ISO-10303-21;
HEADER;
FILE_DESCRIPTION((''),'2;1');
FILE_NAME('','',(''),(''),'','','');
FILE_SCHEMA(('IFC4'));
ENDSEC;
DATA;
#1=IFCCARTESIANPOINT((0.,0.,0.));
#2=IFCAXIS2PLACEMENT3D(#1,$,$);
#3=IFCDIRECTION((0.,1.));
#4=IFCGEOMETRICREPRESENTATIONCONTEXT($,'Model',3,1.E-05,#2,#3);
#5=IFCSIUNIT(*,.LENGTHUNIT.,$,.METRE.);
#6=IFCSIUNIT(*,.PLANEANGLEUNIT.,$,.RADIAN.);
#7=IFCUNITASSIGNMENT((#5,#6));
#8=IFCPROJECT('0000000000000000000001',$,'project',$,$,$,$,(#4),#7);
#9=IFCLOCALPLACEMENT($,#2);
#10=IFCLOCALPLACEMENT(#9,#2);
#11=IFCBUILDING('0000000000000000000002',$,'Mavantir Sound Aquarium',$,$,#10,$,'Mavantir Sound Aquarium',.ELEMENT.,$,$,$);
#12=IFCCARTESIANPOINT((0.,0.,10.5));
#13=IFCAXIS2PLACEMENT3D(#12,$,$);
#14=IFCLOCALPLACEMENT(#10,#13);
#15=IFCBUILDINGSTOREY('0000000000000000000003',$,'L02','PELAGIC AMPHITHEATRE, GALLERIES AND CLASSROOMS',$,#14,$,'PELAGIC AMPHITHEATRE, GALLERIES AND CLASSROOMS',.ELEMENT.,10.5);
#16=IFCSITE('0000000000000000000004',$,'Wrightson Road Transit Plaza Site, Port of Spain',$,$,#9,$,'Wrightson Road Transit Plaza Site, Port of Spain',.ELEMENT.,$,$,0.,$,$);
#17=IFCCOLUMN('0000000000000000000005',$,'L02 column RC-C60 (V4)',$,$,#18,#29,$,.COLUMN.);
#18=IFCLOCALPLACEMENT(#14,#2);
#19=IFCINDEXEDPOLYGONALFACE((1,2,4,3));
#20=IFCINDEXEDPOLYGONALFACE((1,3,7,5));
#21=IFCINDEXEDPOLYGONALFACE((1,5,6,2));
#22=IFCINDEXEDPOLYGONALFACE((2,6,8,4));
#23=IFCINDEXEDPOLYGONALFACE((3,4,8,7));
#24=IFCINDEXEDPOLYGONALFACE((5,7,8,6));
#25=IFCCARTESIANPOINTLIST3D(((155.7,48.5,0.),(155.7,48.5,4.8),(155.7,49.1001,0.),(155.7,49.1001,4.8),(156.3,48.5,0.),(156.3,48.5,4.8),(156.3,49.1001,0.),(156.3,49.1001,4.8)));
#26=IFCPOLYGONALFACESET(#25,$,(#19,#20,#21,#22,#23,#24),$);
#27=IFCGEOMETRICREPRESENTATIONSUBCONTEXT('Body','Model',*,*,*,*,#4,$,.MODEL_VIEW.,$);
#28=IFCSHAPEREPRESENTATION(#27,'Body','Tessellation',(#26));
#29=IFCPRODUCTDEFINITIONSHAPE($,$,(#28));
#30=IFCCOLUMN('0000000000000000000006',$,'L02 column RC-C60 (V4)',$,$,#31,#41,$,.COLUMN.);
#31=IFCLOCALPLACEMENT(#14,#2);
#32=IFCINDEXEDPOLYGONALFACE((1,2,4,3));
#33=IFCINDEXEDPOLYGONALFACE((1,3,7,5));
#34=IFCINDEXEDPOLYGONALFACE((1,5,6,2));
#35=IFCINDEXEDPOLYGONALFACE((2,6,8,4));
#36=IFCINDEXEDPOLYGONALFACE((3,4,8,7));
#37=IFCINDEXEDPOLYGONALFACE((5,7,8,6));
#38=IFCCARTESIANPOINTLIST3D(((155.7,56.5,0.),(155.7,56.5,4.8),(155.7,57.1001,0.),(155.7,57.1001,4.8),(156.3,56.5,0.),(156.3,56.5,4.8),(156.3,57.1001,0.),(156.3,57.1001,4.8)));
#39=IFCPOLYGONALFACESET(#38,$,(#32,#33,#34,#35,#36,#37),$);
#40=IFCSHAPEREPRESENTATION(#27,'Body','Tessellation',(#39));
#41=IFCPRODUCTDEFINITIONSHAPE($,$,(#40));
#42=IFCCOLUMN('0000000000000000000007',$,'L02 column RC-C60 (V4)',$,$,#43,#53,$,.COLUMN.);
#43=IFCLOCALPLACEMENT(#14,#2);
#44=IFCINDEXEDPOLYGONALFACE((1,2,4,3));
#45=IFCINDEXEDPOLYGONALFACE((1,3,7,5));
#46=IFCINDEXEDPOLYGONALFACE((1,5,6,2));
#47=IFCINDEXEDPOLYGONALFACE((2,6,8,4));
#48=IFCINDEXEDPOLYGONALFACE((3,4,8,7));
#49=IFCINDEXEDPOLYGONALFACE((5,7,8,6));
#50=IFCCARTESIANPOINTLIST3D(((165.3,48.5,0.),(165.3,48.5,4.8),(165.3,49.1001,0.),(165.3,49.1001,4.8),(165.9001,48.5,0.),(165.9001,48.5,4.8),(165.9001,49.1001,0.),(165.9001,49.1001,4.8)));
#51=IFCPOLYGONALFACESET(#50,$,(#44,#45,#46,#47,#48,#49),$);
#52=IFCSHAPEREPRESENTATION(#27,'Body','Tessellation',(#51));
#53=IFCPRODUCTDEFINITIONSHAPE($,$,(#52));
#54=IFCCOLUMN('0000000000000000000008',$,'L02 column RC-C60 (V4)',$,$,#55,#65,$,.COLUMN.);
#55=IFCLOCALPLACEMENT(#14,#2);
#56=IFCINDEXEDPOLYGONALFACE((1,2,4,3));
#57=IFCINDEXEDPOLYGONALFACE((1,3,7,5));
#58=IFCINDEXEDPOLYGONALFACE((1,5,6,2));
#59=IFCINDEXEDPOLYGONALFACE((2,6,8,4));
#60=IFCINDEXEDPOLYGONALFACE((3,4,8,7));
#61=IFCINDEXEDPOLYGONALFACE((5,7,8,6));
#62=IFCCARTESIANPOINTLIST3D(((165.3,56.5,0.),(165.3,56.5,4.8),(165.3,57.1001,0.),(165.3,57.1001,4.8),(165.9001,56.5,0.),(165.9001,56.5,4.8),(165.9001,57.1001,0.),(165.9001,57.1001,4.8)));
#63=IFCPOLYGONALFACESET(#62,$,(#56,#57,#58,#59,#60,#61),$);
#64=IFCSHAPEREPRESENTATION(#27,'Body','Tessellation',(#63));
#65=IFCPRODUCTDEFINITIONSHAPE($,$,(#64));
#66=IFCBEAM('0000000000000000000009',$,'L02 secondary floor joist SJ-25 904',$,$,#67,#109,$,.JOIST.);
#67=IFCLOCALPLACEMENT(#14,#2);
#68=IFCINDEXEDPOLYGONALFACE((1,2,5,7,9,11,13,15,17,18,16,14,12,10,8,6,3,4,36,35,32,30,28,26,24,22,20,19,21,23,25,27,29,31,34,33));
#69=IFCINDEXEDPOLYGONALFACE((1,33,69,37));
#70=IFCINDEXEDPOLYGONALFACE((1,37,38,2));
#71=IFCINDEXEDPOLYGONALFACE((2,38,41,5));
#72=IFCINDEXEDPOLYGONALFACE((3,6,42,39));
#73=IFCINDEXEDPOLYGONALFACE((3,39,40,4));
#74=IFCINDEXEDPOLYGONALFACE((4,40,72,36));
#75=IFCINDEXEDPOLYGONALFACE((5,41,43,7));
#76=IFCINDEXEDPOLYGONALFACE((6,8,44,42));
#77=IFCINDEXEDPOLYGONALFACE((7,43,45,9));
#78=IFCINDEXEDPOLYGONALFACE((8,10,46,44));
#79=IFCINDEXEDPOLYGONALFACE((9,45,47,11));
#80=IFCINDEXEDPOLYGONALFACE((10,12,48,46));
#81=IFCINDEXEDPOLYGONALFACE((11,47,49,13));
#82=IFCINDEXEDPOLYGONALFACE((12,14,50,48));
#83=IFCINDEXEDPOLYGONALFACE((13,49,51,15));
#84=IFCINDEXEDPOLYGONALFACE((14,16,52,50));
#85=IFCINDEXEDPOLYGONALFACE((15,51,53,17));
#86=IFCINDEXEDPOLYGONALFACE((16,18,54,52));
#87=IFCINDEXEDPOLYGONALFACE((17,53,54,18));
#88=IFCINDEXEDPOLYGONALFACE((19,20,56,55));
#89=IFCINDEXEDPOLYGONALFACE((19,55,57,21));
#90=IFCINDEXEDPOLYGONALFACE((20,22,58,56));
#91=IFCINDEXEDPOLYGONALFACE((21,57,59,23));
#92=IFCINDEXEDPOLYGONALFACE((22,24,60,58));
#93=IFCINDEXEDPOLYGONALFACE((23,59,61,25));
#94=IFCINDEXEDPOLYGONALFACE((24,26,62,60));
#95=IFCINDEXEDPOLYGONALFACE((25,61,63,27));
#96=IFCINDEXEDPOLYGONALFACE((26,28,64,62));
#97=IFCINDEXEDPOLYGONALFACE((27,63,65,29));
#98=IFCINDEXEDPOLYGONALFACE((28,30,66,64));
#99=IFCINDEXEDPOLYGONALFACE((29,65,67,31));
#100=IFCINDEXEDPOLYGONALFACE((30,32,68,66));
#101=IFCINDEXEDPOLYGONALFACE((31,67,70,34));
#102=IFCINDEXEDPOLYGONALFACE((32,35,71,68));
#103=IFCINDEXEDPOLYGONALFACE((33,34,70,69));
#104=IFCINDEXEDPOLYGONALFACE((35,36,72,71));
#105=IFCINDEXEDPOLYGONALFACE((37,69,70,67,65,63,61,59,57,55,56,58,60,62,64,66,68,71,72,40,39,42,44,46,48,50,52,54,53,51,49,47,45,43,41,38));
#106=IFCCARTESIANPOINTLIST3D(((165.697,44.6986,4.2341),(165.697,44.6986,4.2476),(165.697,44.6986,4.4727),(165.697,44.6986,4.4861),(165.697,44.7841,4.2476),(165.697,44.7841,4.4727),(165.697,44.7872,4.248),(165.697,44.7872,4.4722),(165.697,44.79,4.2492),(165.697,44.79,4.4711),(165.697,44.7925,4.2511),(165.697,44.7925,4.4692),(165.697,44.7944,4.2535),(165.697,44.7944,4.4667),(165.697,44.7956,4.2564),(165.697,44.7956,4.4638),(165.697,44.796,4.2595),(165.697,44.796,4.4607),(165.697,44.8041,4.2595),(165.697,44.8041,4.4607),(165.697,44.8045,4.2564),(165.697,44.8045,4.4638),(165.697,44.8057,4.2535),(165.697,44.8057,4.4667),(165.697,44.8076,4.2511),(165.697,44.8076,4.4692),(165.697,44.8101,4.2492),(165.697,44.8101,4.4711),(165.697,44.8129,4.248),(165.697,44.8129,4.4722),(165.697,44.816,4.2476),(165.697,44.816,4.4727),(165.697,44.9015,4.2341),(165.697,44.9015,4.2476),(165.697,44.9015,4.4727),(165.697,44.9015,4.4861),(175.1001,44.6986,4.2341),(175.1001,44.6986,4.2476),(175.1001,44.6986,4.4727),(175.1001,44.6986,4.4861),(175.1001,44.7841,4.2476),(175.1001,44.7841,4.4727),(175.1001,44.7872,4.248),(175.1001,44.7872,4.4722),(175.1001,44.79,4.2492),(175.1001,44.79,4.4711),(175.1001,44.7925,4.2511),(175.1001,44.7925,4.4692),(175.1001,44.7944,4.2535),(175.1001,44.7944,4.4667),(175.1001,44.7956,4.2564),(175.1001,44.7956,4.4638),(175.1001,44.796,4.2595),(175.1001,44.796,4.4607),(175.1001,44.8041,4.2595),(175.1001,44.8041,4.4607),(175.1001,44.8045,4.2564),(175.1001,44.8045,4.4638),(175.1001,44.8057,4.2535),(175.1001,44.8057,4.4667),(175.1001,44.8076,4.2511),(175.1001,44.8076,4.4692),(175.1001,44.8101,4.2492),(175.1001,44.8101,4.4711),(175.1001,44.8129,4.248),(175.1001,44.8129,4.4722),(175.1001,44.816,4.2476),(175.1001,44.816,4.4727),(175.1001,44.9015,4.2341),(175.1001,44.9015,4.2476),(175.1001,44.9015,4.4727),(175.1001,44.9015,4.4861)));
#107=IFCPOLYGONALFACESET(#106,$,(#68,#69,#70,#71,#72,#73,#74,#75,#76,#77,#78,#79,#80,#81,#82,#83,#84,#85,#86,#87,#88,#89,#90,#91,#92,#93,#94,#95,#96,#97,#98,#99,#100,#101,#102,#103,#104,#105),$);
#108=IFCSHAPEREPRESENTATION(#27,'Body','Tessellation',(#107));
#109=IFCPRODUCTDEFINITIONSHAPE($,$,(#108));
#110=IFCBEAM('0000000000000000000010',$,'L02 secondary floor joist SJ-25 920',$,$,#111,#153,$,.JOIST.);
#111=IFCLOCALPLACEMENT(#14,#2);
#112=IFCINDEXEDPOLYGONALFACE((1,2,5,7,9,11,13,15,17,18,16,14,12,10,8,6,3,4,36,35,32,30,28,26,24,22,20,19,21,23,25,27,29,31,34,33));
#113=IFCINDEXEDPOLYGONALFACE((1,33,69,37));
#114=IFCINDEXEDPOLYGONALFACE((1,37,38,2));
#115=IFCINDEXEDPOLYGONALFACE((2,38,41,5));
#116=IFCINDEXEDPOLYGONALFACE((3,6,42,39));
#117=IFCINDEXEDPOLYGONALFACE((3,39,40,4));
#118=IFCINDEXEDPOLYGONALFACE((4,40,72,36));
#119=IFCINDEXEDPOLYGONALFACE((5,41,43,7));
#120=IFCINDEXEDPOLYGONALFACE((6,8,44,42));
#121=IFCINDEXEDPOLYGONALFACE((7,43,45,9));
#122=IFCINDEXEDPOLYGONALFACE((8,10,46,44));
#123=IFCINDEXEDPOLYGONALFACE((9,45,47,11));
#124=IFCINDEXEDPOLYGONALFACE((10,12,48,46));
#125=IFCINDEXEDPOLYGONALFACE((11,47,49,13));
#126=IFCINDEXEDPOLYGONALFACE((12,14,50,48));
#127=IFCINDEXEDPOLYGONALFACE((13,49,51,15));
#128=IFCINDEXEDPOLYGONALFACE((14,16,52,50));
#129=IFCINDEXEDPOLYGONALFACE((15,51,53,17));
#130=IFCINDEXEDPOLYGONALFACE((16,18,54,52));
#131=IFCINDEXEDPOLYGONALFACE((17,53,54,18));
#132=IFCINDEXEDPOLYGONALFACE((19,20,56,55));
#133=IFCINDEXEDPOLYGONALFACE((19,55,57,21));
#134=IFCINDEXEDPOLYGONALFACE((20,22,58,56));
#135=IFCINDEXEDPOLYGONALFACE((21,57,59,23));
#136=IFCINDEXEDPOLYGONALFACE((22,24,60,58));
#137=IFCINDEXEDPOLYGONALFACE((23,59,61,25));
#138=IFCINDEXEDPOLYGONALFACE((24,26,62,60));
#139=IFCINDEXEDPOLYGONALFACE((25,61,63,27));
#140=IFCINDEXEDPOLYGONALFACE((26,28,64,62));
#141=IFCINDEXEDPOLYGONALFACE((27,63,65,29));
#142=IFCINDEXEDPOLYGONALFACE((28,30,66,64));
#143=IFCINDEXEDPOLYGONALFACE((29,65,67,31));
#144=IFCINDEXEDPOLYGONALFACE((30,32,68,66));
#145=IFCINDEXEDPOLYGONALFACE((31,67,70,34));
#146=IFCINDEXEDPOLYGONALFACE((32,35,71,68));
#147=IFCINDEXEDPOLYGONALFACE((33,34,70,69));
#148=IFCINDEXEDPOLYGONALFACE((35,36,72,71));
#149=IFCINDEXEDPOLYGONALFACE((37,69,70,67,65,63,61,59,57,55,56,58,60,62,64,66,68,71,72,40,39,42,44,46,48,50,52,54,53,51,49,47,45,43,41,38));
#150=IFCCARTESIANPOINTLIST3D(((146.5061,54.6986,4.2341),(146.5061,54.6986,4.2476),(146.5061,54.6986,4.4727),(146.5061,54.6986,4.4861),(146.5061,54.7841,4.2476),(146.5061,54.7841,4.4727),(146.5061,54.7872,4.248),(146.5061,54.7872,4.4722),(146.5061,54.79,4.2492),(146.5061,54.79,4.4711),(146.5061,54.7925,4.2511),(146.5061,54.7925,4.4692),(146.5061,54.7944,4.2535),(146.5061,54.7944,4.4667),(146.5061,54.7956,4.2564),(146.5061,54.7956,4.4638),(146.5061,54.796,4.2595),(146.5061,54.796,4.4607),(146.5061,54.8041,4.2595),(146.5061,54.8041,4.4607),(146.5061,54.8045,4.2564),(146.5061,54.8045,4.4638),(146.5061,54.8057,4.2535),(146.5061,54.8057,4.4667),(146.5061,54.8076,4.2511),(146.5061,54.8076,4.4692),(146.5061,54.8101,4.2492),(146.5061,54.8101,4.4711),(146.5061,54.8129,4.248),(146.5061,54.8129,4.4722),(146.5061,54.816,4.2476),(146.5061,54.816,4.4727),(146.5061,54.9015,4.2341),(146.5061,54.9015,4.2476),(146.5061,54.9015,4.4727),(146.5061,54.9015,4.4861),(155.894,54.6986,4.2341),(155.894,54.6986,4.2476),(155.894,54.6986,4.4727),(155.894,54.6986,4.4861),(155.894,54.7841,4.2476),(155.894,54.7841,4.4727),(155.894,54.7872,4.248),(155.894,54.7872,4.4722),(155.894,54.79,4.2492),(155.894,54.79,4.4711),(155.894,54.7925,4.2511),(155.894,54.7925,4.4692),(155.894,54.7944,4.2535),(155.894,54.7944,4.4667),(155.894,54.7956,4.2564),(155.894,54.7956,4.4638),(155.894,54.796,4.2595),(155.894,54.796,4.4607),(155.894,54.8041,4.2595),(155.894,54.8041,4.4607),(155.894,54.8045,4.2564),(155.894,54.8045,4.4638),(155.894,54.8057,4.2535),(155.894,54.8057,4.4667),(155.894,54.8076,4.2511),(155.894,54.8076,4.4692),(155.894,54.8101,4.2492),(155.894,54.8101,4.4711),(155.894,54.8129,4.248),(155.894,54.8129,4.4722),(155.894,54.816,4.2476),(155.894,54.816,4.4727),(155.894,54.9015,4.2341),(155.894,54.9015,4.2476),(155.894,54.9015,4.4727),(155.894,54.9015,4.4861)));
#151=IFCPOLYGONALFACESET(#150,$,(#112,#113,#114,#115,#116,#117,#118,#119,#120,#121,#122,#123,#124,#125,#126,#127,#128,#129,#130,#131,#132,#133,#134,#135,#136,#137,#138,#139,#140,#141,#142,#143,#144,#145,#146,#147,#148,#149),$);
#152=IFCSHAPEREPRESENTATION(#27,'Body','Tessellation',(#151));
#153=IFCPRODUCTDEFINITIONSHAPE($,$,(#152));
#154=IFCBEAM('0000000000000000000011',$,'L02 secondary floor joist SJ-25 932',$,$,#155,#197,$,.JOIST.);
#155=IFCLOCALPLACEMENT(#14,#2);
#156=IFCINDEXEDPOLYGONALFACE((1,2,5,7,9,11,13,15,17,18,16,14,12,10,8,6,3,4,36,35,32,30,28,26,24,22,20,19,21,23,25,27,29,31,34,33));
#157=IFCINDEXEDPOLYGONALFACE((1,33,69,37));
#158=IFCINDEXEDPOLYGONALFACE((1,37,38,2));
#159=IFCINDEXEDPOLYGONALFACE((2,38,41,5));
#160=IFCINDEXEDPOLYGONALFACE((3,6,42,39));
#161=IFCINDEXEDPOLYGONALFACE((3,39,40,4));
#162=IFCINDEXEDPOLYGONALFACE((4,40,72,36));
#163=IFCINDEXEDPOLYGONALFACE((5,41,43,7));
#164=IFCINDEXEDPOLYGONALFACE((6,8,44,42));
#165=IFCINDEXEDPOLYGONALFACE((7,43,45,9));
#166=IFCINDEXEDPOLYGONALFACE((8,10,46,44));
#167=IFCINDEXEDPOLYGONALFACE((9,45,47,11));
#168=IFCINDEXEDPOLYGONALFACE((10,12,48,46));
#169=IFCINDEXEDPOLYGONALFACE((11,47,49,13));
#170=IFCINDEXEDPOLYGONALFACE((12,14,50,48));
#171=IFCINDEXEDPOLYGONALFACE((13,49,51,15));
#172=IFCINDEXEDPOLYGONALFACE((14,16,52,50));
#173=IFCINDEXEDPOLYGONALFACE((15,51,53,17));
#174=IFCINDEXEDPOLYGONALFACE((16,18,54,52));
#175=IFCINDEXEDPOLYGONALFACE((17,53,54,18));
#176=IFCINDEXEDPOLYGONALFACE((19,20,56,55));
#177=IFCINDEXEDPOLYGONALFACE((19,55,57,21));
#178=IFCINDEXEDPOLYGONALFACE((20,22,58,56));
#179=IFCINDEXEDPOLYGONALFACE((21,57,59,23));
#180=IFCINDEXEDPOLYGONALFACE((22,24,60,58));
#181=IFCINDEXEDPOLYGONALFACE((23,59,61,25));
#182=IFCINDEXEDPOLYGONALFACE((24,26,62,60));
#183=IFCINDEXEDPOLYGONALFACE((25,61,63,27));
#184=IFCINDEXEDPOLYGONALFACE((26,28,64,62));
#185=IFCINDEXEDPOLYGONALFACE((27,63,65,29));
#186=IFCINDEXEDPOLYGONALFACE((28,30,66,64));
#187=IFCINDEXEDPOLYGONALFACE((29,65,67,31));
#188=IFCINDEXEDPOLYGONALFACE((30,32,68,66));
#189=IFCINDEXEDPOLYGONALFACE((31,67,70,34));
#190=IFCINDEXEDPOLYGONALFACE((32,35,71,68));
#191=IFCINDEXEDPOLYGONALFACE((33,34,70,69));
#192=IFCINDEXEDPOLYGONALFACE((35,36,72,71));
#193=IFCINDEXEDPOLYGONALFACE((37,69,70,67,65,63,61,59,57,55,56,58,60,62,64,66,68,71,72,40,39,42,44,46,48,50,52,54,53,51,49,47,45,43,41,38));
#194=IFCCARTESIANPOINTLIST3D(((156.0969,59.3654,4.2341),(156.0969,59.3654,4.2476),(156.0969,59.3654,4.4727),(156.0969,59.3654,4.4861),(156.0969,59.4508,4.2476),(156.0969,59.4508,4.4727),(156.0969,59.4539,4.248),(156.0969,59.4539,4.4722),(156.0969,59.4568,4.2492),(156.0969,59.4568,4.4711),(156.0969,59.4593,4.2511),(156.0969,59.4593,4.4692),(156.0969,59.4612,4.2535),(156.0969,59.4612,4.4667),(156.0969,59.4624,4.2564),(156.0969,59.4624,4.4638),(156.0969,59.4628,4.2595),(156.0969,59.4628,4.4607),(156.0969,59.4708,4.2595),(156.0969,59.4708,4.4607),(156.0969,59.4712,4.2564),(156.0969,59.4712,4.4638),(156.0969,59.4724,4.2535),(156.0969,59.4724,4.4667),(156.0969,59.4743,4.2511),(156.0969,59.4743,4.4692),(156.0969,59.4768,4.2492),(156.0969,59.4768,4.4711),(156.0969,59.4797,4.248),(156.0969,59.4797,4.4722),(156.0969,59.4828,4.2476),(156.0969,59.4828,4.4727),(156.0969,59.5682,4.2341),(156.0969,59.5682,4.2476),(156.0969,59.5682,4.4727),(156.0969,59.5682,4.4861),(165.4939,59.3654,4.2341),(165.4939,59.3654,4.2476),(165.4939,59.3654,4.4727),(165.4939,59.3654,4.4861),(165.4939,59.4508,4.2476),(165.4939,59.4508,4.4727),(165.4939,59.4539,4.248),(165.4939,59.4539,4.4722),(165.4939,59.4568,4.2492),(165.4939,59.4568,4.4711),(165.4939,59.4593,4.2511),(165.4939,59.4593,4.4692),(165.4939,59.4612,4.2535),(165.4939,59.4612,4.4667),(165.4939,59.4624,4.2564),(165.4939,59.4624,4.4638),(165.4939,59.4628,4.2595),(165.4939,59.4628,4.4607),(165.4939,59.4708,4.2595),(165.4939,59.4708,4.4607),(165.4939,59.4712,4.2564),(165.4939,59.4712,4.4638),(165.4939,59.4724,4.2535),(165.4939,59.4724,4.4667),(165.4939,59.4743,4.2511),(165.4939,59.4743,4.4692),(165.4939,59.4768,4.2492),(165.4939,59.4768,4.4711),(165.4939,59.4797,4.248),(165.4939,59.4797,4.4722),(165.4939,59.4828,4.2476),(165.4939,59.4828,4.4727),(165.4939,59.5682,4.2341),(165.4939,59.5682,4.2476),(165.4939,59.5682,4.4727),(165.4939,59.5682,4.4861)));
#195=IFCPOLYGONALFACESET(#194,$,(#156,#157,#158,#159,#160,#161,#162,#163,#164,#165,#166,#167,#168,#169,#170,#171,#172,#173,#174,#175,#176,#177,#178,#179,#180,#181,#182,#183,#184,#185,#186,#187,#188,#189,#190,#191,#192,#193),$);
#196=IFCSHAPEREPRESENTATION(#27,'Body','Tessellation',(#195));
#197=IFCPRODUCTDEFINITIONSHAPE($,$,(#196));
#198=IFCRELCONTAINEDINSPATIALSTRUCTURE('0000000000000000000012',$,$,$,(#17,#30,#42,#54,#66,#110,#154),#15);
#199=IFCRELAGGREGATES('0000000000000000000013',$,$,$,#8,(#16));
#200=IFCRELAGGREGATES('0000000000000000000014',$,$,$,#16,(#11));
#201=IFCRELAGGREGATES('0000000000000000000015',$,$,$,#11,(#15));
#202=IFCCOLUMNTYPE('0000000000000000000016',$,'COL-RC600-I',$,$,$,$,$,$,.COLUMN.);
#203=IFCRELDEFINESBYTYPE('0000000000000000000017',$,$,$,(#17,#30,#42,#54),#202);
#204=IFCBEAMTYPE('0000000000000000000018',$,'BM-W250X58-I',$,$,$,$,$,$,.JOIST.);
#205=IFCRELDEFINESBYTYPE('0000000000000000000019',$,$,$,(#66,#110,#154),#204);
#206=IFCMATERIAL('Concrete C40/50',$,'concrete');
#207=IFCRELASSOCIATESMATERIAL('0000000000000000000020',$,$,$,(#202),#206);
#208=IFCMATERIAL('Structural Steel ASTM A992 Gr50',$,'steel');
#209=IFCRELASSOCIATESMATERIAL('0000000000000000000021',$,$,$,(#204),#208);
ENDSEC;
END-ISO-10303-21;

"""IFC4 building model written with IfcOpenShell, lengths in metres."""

from ifc_helpers import new_model, si_unit, direction, frame, origin, origin_2d, place, context, subcontext, project, spatial, rectangle, i_section, extrude, material, material_profile, profile_set, type_object, element, save


model = new_model("IFC4")

# Units and contexts
model_context = context("Model", 3, precision=1e-05, world=origin(), true_north=direction((0.0, 1.0)))
body_context = subcontext(model_context, "Body", "Model", "MODEL_VIEW")
ifc_project = project(units=[si_unit("LENGTHUNIT", "METRE"), si_unit("PLANEANGLEUNIT", "RADIAN")], contexts=[model_context])

# Site, building, storey
site_placement = place(None, origin())
site = spatial("IfcSite", under=ifc_project, at=site_placement, Name="Wrightson Road Transit Plaza Site, Port of Spain", LongName="Wrightson Road Transit Plaza Site, Port of Spain", CompositionType="ELEMENT", RefElevation=0.0)
building_placement = place(site_placement, origin())
building = spatial("IfcBuilding", under=site, at=building_placement, Name="Mavantir Sound Aquarium", LongName="Mavantir Sound Aquarium", CompositionType="ELEMENT")
storey_placement = place(building_placement, frame((0.0, 0.0, 10.5)))
storey = spatial("IfcBuildingStorey", under=building, at=storey_placement, Name="L02", Description="PELAGIC AMPHITHEATRE, GALLERIES AND CLASSROOMS", LongName="PELAGIC AMPHITHEATRE, GALLERIES AND CLASSROOMS", CompositionType="ELEMENT", Elevation=10.5)

# Columns
ifc_material_1 = material(Name="Concrete C40/50", Category="concrete")
ifc_material_profile_1 = material_profile(ifc_material_1, rectangle(XDim=0.6001, YDim=0.6001, at=origin_2d()), Name="RC 600X600")
ifc_profile_set_1 = profile_set([ifc_material_profile_1], Name="Concrete C40/50")
column_type = type_object("IfcColumnType", Name="COL-RC600-I", PredefinedType="COLUMN", material=ifc_profile_set_1)
for number, where, z_axis, x_axis, name in (
    (1, (156.0, 48.8, 0.0), (0.0, 0.0, 1.0), (1.0, 0.0, 0.0), "L02 column RC-C60 (V4)"),
    (2, (156.0, 56.8, 0.0), (0.0, 0.0, 1.0), (1.0, 0.0, 0.0), "L02 column RC-C60 (V4)"),
    (3, (165.6001, 48.8, 0.0), (0.0, 0.0, 1.0), (1.0, 0.0, 0.0), "L02 column RC-C60 (V4)"),
    (4, (165.6001, 56.8, 0.0), (0.0, 0.0, 1.0), (1.0, 0.0, 0.0), "L02 column RC-C60 (V4)"),
):
    element("IfcColumn", number, at=place(storey_placement, frame(where, z_axis=z_axis, x_axis=x_axis)), inside=storey, type_object=column_type, Name=name, PredefinedType="COLUMN", context=body_context, shape_type="SweptSolid", body=[
        extrude(rectangle(XDim=0.6001, YDim=0.6001, at=origin_2d()), origin(), (0.0, 0.0, 1.0), 4.8),
    ])

# Beams
ifc_material_2 = material(Name="Structural Steel ASTM A992 Gr50", Category="steel")
ifc_material_profile_2 = material_profile(ifc_material_2, i_section(OverallWidth=0.2029, OverallDepth=0.252, WebThickness=0.0081, FlangeThickness=0.0134, FilletRadius=0.012, at=origin_2d()), Name="W250X58")
ifc_profile_set_2 = profile_set([ifc_material_profile_2], Name="Structural Steel ASTM A992 Gr50")
beam_type_1 = type_object("IfcBeamType", Name="BM-W250X58-I", PredefinedType="JOIST", material=ifc_profile_set_2)
beam_1_placement = place(storey_placement, frame((165.697, 44.8, 4.3601), z_axis=(1.0, 0.0, 0.0), x_axis=(0.0, 1.0, 0.0)))
element("IfcBeam", 5, at=beam_1_placement, inside=storey, type_object=beam_type_1, Name="L02 secondary floor joist SJ-25 904", PredefinedType="JOIST", context=body_context, shape_type="SweptSolid", body=[
    extrude(i_section(OverallWidth=0.2029, OverallDepth=0.252, WebThickness=0.0081, FlangeThickness=0.0134, FilletRadius=0.012, at=origin_2d()), origin(), (0.0, 0.0, 1.0), 9.4031),
])
beam_2_placement = place(storey_placement, frame((146.5061, 54.8, 4.3601), z_axis=(1.0, 0.0, 0.0), x_axis=(0.0, 1.0, 0.0)))
element("IfcBeam", 6, at=beam_2_placement, inside=storey, type_object=beam_type_1, Name="L02 secondary floor joist SJ-25 920", PredefinedType="JOIST", context=body_context, shape_type="SweptSolid", body=[
    extrude(i_section(OverallWidth=0.2029, OverallDepth=0.252, WebThickness=0.0081, FlangeThickness=0.0134, FilletRadius=0.012, at=origin_2d()), origin(), (0.0, 0.0, 1.0), 9.3879),
])
beam_3_placement = place(storey_placement, frame((156.0969, 59.4668, 4.3601), z_axis=(1.0, 0.0, 0.0), x_axis=(0.0, 1.0, 0.0)))
element("IfcBeam", 7, at=beam_3_placement, inside=storey, type_object=beam_type_1, Name="L02 secondary floor joist SJ-25 932", PredefinedType="JOIST", context=body_context, shape_type="SweptSolid", body=[
    extrude(i_section(OverallWidth=0.2029, OverallDepth=0.252, WebThickness=0.0081, FlangeThickness=0.0134, FilletRadius=0.012, at=origin_2d()), origin(), (0.0, 0.0, 1.0), 9.397),
])

save(model, "model.ifc")
